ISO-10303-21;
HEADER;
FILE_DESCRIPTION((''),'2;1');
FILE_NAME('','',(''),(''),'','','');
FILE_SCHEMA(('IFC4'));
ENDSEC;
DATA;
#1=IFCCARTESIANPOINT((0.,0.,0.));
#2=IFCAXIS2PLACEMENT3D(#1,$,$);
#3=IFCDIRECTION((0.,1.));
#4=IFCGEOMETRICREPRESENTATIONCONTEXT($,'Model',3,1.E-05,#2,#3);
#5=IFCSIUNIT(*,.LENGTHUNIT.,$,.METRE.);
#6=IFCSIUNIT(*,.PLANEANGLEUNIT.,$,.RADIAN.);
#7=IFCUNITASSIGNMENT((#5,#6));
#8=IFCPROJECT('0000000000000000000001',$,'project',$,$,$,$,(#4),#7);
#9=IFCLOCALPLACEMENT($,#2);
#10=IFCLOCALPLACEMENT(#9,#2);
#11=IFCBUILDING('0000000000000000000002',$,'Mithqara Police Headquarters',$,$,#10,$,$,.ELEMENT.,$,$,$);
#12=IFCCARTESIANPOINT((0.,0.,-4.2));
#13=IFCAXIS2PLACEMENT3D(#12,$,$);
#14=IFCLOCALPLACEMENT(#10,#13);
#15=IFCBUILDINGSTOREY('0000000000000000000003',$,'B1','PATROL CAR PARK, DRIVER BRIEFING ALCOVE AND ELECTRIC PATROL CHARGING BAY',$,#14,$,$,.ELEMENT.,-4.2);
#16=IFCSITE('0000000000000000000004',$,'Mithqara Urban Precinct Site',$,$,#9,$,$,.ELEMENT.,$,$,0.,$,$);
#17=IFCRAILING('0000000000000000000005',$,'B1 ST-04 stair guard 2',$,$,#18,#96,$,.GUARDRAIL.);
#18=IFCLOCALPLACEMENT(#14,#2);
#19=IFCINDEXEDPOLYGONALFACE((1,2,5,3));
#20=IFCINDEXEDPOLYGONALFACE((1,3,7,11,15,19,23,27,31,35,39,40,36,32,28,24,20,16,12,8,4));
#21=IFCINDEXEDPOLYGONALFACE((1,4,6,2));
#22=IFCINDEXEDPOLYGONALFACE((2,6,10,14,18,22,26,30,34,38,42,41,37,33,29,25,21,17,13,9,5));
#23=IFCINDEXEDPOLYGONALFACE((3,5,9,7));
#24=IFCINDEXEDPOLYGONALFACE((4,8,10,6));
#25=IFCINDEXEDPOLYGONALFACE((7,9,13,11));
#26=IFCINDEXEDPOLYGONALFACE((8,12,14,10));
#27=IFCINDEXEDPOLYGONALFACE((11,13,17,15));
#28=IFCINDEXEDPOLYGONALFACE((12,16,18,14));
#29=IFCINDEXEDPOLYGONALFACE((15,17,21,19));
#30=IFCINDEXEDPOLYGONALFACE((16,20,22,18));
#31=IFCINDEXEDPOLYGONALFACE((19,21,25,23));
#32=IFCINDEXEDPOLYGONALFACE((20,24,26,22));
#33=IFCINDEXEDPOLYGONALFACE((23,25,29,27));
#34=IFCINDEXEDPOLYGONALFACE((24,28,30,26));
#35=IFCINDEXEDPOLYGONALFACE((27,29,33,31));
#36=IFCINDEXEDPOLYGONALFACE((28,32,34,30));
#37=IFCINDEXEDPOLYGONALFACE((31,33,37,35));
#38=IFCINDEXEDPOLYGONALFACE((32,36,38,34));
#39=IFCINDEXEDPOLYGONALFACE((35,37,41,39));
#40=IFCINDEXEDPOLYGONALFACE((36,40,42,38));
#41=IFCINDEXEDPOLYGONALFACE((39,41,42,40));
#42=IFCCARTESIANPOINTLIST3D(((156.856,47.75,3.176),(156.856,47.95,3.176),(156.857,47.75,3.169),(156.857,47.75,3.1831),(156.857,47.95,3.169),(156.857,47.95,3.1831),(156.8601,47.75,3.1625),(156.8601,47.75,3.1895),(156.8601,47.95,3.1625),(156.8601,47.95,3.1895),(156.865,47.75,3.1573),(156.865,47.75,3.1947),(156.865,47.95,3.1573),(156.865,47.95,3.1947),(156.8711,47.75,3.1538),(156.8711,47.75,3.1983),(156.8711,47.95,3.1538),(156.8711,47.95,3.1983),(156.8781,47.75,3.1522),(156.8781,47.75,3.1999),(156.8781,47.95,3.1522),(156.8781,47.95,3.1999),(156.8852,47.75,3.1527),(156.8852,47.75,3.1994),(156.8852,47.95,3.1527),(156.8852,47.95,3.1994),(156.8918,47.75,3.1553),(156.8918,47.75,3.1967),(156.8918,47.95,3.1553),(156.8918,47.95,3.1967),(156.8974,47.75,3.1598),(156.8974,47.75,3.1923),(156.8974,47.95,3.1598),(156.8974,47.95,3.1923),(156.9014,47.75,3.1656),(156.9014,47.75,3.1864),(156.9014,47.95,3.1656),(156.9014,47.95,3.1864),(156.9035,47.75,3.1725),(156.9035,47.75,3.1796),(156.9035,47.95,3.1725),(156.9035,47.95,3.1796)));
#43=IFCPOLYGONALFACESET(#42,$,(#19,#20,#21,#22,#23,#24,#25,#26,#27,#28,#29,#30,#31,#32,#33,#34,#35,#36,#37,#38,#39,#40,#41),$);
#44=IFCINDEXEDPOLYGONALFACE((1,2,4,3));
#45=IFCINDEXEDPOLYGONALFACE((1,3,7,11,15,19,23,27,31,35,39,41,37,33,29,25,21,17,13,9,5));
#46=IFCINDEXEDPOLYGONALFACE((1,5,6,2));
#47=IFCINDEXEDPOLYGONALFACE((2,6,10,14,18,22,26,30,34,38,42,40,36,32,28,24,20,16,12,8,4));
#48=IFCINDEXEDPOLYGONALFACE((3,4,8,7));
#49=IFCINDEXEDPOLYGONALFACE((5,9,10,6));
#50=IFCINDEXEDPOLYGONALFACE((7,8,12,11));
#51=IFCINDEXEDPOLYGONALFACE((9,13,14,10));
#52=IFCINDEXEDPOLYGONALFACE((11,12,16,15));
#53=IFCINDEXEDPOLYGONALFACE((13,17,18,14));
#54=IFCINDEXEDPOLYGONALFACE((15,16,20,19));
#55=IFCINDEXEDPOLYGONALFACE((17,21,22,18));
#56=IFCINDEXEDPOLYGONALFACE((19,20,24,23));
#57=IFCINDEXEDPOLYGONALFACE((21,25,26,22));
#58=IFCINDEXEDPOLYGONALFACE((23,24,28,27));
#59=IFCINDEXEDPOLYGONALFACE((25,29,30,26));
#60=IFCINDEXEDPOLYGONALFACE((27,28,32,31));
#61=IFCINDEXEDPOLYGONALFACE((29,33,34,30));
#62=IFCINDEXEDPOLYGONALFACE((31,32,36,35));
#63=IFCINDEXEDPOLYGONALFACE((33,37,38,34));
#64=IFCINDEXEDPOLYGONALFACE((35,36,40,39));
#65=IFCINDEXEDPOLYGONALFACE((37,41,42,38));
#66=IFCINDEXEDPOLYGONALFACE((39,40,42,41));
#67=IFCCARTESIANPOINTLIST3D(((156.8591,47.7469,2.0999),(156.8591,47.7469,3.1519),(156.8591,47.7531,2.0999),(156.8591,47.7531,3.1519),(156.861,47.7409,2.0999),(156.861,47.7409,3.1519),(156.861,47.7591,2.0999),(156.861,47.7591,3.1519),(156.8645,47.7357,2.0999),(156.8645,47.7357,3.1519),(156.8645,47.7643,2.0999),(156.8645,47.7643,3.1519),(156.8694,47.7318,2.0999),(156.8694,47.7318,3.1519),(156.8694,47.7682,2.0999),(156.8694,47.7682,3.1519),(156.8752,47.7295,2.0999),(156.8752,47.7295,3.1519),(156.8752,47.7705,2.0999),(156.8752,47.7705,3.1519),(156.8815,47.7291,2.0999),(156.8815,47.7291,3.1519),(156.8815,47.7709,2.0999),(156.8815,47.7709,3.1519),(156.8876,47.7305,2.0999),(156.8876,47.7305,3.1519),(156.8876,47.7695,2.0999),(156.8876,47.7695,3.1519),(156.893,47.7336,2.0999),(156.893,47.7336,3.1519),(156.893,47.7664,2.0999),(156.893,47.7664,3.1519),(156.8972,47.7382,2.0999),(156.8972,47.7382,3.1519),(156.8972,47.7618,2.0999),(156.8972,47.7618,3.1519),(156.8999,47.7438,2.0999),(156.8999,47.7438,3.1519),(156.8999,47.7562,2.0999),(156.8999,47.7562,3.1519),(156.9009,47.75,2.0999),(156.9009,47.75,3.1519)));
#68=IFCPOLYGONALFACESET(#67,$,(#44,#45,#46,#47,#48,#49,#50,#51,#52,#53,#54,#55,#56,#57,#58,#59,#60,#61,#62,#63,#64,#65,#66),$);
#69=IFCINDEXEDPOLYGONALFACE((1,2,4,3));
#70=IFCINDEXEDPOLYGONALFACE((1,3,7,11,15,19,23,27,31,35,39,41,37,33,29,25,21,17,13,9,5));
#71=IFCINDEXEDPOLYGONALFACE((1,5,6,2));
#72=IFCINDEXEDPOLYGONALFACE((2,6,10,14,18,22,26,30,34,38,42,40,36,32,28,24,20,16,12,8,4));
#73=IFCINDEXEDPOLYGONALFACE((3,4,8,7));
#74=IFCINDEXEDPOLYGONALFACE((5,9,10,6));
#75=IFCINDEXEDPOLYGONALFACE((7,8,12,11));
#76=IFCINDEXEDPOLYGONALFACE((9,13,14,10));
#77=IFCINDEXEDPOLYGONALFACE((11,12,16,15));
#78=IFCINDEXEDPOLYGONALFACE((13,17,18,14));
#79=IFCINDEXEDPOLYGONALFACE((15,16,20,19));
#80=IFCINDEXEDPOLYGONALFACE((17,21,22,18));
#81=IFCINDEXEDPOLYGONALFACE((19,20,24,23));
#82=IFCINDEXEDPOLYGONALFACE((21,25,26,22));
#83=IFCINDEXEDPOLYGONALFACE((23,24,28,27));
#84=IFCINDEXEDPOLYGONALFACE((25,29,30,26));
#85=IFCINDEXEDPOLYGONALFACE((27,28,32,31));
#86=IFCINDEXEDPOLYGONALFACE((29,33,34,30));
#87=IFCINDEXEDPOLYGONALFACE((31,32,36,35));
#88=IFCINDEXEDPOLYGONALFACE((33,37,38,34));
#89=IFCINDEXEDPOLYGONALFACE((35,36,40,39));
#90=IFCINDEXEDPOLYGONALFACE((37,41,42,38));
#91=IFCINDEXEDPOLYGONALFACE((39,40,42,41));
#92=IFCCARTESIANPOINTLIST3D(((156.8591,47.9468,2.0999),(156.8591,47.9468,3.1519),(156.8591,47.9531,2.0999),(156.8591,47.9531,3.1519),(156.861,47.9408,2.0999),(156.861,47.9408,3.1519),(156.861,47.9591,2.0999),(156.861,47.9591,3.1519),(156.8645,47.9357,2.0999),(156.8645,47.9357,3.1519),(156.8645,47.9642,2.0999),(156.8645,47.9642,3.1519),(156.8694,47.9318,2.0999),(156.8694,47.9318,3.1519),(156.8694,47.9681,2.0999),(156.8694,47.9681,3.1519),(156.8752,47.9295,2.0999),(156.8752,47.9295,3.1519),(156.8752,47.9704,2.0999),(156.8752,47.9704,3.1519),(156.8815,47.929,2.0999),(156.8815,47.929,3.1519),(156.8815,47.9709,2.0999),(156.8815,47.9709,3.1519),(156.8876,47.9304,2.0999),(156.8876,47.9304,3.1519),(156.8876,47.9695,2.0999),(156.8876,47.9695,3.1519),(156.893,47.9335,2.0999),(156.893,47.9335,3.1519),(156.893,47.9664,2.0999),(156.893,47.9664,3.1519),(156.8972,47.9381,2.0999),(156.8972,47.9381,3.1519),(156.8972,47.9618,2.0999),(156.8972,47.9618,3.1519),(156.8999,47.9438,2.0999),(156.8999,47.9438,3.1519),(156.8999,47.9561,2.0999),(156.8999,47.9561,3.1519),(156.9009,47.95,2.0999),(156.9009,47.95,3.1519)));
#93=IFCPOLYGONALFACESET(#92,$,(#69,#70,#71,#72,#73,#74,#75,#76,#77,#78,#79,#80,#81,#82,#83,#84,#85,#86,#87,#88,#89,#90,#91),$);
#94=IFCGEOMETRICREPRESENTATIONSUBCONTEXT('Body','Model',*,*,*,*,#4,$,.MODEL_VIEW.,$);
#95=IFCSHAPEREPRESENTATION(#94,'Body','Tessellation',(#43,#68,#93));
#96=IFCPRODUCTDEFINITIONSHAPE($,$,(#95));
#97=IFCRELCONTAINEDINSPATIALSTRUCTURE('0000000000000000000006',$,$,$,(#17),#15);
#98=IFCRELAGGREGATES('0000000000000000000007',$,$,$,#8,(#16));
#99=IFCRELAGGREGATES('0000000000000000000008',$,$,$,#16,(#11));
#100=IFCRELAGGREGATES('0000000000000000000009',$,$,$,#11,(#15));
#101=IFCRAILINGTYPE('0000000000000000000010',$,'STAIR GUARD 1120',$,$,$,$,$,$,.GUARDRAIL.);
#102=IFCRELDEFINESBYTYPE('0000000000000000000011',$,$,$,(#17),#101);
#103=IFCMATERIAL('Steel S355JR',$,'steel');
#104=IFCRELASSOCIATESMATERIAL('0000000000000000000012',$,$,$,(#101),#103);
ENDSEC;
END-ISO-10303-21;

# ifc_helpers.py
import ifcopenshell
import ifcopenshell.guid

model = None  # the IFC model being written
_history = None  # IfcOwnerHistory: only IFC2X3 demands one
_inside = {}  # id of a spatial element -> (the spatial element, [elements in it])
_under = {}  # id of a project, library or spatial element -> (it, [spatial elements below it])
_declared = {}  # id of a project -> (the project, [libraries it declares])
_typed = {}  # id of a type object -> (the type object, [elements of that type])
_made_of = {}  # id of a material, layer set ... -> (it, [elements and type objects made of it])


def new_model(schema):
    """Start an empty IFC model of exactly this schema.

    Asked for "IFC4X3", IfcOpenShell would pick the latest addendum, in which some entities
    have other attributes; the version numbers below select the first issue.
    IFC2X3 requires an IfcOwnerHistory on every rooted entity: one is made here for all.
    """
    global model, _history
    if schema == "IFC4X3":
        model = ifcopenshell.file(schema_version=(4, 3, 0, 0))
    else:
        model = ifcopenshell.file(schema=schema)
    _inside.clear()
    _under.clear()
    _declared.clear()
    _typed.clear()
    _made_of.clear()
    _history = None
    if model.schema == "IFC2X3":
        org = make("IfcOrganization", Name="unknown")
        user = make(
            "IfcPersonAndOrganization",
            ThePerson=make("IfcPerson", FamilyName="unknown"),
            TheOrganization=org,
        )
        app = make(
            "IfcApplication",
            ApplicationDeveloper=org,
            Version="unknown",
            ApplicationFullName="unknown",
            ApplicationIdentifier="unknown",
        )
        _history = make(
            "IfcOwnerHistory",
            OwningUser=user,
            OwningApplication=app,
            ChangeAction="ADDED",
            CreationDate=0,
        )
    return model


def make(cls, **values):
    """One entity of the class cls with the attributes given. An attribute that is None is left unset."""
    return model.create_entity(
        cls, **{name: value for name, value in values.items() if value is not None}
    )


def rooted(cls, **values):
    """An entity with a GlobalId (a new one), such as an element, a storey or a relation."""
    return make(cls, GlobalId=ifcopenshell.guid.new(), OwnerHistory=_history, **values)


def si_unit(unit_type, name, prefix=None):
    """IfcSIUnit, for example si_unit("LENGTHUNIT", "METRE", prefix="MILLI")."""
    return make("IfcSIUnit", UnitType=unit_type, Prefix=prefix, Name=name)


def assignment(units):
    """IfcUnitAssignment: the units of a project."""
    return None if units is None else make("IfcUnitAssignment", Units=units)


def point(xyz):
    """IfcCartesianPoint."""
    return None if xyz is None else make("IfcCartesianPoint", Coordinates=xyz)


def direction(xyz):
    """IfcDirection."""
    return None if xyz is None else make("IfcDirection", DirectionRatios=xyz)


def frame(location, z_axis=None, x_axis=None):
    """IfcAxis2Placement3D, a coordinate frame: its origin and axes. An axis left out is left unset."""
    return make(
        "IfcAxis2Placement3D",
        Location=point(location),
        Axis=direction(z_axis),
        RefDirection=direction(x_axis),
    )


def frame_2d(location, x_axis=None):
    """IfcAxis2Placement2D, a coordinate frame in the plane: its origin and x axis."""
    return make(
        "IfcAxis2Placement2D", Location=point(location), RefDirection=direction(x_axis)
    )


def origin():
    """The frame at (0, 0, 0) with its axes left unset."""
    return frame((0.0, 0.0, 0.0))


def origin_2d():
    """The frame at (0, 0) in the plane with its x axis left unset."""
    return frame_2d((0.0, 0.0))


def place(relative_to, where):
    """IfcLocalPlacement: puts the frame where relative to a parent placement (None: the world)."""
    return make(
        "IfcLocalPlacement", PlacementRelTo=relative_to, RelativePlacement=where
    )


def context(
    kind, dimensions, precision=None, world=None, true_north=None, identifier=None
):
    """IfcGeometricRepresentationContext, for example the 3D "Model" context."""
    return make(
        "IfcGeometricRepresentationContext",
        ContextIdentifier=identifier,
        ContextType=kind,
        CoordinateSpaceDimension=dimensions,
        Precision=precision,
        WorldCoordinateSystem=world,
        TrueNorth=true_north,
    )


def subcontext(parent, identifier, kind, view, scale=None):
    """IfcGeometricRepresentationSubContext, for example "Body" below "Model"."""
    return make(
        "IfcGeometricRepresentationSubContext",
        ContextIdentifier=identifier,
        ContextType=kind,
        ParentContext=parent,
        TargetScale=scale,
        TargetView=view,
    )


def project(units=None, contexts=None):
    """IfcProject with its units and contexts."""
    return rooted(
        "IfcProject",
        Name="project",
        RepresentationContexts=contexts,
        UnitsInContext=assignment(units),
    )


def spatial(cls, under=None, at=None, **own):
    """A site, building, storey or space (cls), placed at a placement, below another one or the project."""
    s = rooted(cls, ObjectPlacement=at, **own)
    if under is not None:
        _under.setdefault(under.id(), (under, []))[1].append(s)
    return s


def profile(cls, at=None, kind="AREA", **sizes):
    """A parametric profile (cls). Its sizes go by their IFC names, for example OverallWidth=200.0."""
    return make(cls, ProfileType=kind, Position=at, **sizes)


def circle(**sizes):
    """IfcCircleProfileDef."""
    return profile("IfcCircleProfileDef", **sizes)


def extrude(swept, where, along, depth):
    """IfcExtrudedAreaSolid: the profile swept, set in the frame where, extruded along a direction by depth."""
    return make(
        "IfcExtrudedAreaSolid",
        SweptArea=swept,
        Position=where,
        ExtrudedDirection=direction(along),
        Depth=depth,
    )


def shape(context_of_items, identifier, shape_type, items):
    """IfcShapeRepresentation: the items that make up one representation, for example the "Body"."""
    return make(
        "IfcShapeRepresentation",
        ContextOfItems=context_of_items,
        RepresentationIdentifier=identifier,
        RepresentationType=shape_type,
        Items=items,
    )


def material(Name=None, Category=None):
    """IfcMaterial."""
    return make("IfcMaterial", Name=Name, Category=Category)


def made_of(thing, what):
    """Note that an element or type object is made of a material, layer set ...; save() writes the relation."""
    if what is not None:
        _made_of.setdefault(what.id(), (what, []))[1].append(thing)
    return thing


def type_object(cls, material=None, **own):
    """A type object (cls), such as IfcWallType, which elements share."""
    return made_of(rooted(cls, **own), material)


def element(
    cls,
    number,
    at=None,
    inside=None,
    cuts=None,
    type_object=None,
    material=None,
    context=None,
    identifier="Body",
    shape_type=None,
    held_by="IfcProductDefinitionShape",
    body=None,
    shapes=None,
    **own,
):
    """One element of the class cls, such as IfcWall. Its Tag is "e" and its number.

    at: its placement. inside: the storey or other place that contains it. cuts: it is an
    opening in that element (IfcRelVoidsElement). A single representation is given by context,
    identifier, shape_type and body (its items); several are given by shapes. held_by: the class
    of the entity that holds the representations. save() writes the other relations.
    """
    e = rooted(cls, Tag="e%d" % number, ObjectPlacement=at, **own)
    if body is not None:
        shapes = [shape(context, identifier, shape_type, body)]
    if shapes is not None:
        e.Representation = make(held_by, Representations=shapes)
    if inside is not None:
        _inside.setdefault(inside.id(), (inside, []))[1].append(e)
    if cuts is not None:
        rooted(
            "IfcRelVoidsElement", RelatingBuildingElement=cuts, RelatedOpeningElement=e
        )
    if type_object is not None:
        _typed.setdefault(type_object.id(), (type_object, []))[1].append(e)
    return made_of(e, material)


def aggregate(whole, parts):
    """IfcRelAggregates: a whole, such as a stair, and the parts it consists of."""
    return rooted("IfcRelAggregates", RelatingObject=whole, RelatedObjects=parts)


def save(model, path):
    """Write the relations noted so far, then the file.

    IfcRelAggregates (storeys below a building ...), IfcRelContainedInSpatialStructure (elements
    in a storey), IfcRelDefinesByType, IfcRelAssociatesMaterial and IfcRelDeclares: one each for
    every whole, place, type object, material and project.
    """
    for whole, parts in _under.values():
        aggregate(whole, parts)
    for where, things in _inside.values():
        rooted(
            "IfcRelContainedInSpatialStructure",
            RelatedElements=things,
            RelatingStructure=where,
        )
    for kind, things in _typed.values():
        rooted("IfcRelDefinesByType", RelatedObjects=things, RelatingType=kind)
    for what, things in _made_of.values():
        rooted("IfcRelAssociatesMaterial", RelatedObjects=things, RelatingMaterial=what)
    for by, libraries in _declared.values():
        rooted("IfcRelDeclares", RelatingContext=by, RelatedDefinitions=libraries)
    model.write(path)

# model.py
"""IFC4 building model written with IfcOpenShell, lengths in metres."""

from ifc_helpers import new_model, si_unit, direction, frame, origin, origin_2d, place, context, subcontext, project, spatial, circle, extrude, material, type_object, element, save


model = new_model("IFC4")

# Units and contexts
model_context = context("Model", 3, precision=1e-05, world=origin(), true_north=direction((0.0, 1.0)))
body_context = subcontext(model_context, "Body", "Model", "MODEL_VIEW")
ifc_project = project(units=[si_unit("LENGTHUNIT", "METRE"), si_unit("PLANEANGLEUNIT", "RADIAN")], contexts=[model_context])

# Site, building, storey
site_placement = place(None, origin())
site = spatial("IfcSite", under=ifc_project, at=site_placement, Name="Mithqara Urban Precinct Site", CompositionType="ELEMENT", RefElevation=0.0)
building_placement = place(site_placement, origin())
building = spatial("IfcBuilding", under=site, at=building_placement, Name="Mithqara Police Headquarters", CompositionType="ELEMENT")
storey_placement = place(building_placement, frame((0.0, 0.0, -4.2)))
storey = spatial("IfcBuildingStorey", under=building, at=storey_placement, Name="B1", Description="PATROL CAR PARK, DRIVER BRIEFING ALCOVE AND ELECTRIC PATROL CHARGING BAY", CompositionType="ELEMENT", Elevation=-4.2)

# Shared definitions
ifc_material_1 = material(Name="Steel S355JR", Category="steel")

# Railing
railing_type_1 = type_object("IfcRailingType", Name="STAIR GUARD 1120", PredefinedType="GUARDRAIL", material=ifc_material_1)
railing_1_placement = place(storey_placement, frame((156.8799, 47.75, 2.0999)))
element("IfcRailing", 1, at=railing_1_placement, inside=storey, type_object=railing_type_1, Name="B1 ST-04 stair guard 2", PredefinedType="GUARDRAIL", context=body_context, shape_type="SweptSolid", body=[
    extrude(circle(Radius=0.0239, at=origin_2d()), frame((0.0, 0.0, 1.0762), z_axis=(0.0, 1.0, 0.0), x_axis=(-1.0, 0.0, 0.0)), (0.0, 0.0, 1.0), 0.2),
    extrude(circle(Radius=0.021, at=origin_2d()), origin(), (0.0, 0.0, 1.0), 1.052),
    extrude(circle(Radius=0.021, at=origin_2d()), frame((0.0, 0.2, 0.0)), (0.0, 0.0, 1.0), 1.052),
])

save(model, "model.ifc")
